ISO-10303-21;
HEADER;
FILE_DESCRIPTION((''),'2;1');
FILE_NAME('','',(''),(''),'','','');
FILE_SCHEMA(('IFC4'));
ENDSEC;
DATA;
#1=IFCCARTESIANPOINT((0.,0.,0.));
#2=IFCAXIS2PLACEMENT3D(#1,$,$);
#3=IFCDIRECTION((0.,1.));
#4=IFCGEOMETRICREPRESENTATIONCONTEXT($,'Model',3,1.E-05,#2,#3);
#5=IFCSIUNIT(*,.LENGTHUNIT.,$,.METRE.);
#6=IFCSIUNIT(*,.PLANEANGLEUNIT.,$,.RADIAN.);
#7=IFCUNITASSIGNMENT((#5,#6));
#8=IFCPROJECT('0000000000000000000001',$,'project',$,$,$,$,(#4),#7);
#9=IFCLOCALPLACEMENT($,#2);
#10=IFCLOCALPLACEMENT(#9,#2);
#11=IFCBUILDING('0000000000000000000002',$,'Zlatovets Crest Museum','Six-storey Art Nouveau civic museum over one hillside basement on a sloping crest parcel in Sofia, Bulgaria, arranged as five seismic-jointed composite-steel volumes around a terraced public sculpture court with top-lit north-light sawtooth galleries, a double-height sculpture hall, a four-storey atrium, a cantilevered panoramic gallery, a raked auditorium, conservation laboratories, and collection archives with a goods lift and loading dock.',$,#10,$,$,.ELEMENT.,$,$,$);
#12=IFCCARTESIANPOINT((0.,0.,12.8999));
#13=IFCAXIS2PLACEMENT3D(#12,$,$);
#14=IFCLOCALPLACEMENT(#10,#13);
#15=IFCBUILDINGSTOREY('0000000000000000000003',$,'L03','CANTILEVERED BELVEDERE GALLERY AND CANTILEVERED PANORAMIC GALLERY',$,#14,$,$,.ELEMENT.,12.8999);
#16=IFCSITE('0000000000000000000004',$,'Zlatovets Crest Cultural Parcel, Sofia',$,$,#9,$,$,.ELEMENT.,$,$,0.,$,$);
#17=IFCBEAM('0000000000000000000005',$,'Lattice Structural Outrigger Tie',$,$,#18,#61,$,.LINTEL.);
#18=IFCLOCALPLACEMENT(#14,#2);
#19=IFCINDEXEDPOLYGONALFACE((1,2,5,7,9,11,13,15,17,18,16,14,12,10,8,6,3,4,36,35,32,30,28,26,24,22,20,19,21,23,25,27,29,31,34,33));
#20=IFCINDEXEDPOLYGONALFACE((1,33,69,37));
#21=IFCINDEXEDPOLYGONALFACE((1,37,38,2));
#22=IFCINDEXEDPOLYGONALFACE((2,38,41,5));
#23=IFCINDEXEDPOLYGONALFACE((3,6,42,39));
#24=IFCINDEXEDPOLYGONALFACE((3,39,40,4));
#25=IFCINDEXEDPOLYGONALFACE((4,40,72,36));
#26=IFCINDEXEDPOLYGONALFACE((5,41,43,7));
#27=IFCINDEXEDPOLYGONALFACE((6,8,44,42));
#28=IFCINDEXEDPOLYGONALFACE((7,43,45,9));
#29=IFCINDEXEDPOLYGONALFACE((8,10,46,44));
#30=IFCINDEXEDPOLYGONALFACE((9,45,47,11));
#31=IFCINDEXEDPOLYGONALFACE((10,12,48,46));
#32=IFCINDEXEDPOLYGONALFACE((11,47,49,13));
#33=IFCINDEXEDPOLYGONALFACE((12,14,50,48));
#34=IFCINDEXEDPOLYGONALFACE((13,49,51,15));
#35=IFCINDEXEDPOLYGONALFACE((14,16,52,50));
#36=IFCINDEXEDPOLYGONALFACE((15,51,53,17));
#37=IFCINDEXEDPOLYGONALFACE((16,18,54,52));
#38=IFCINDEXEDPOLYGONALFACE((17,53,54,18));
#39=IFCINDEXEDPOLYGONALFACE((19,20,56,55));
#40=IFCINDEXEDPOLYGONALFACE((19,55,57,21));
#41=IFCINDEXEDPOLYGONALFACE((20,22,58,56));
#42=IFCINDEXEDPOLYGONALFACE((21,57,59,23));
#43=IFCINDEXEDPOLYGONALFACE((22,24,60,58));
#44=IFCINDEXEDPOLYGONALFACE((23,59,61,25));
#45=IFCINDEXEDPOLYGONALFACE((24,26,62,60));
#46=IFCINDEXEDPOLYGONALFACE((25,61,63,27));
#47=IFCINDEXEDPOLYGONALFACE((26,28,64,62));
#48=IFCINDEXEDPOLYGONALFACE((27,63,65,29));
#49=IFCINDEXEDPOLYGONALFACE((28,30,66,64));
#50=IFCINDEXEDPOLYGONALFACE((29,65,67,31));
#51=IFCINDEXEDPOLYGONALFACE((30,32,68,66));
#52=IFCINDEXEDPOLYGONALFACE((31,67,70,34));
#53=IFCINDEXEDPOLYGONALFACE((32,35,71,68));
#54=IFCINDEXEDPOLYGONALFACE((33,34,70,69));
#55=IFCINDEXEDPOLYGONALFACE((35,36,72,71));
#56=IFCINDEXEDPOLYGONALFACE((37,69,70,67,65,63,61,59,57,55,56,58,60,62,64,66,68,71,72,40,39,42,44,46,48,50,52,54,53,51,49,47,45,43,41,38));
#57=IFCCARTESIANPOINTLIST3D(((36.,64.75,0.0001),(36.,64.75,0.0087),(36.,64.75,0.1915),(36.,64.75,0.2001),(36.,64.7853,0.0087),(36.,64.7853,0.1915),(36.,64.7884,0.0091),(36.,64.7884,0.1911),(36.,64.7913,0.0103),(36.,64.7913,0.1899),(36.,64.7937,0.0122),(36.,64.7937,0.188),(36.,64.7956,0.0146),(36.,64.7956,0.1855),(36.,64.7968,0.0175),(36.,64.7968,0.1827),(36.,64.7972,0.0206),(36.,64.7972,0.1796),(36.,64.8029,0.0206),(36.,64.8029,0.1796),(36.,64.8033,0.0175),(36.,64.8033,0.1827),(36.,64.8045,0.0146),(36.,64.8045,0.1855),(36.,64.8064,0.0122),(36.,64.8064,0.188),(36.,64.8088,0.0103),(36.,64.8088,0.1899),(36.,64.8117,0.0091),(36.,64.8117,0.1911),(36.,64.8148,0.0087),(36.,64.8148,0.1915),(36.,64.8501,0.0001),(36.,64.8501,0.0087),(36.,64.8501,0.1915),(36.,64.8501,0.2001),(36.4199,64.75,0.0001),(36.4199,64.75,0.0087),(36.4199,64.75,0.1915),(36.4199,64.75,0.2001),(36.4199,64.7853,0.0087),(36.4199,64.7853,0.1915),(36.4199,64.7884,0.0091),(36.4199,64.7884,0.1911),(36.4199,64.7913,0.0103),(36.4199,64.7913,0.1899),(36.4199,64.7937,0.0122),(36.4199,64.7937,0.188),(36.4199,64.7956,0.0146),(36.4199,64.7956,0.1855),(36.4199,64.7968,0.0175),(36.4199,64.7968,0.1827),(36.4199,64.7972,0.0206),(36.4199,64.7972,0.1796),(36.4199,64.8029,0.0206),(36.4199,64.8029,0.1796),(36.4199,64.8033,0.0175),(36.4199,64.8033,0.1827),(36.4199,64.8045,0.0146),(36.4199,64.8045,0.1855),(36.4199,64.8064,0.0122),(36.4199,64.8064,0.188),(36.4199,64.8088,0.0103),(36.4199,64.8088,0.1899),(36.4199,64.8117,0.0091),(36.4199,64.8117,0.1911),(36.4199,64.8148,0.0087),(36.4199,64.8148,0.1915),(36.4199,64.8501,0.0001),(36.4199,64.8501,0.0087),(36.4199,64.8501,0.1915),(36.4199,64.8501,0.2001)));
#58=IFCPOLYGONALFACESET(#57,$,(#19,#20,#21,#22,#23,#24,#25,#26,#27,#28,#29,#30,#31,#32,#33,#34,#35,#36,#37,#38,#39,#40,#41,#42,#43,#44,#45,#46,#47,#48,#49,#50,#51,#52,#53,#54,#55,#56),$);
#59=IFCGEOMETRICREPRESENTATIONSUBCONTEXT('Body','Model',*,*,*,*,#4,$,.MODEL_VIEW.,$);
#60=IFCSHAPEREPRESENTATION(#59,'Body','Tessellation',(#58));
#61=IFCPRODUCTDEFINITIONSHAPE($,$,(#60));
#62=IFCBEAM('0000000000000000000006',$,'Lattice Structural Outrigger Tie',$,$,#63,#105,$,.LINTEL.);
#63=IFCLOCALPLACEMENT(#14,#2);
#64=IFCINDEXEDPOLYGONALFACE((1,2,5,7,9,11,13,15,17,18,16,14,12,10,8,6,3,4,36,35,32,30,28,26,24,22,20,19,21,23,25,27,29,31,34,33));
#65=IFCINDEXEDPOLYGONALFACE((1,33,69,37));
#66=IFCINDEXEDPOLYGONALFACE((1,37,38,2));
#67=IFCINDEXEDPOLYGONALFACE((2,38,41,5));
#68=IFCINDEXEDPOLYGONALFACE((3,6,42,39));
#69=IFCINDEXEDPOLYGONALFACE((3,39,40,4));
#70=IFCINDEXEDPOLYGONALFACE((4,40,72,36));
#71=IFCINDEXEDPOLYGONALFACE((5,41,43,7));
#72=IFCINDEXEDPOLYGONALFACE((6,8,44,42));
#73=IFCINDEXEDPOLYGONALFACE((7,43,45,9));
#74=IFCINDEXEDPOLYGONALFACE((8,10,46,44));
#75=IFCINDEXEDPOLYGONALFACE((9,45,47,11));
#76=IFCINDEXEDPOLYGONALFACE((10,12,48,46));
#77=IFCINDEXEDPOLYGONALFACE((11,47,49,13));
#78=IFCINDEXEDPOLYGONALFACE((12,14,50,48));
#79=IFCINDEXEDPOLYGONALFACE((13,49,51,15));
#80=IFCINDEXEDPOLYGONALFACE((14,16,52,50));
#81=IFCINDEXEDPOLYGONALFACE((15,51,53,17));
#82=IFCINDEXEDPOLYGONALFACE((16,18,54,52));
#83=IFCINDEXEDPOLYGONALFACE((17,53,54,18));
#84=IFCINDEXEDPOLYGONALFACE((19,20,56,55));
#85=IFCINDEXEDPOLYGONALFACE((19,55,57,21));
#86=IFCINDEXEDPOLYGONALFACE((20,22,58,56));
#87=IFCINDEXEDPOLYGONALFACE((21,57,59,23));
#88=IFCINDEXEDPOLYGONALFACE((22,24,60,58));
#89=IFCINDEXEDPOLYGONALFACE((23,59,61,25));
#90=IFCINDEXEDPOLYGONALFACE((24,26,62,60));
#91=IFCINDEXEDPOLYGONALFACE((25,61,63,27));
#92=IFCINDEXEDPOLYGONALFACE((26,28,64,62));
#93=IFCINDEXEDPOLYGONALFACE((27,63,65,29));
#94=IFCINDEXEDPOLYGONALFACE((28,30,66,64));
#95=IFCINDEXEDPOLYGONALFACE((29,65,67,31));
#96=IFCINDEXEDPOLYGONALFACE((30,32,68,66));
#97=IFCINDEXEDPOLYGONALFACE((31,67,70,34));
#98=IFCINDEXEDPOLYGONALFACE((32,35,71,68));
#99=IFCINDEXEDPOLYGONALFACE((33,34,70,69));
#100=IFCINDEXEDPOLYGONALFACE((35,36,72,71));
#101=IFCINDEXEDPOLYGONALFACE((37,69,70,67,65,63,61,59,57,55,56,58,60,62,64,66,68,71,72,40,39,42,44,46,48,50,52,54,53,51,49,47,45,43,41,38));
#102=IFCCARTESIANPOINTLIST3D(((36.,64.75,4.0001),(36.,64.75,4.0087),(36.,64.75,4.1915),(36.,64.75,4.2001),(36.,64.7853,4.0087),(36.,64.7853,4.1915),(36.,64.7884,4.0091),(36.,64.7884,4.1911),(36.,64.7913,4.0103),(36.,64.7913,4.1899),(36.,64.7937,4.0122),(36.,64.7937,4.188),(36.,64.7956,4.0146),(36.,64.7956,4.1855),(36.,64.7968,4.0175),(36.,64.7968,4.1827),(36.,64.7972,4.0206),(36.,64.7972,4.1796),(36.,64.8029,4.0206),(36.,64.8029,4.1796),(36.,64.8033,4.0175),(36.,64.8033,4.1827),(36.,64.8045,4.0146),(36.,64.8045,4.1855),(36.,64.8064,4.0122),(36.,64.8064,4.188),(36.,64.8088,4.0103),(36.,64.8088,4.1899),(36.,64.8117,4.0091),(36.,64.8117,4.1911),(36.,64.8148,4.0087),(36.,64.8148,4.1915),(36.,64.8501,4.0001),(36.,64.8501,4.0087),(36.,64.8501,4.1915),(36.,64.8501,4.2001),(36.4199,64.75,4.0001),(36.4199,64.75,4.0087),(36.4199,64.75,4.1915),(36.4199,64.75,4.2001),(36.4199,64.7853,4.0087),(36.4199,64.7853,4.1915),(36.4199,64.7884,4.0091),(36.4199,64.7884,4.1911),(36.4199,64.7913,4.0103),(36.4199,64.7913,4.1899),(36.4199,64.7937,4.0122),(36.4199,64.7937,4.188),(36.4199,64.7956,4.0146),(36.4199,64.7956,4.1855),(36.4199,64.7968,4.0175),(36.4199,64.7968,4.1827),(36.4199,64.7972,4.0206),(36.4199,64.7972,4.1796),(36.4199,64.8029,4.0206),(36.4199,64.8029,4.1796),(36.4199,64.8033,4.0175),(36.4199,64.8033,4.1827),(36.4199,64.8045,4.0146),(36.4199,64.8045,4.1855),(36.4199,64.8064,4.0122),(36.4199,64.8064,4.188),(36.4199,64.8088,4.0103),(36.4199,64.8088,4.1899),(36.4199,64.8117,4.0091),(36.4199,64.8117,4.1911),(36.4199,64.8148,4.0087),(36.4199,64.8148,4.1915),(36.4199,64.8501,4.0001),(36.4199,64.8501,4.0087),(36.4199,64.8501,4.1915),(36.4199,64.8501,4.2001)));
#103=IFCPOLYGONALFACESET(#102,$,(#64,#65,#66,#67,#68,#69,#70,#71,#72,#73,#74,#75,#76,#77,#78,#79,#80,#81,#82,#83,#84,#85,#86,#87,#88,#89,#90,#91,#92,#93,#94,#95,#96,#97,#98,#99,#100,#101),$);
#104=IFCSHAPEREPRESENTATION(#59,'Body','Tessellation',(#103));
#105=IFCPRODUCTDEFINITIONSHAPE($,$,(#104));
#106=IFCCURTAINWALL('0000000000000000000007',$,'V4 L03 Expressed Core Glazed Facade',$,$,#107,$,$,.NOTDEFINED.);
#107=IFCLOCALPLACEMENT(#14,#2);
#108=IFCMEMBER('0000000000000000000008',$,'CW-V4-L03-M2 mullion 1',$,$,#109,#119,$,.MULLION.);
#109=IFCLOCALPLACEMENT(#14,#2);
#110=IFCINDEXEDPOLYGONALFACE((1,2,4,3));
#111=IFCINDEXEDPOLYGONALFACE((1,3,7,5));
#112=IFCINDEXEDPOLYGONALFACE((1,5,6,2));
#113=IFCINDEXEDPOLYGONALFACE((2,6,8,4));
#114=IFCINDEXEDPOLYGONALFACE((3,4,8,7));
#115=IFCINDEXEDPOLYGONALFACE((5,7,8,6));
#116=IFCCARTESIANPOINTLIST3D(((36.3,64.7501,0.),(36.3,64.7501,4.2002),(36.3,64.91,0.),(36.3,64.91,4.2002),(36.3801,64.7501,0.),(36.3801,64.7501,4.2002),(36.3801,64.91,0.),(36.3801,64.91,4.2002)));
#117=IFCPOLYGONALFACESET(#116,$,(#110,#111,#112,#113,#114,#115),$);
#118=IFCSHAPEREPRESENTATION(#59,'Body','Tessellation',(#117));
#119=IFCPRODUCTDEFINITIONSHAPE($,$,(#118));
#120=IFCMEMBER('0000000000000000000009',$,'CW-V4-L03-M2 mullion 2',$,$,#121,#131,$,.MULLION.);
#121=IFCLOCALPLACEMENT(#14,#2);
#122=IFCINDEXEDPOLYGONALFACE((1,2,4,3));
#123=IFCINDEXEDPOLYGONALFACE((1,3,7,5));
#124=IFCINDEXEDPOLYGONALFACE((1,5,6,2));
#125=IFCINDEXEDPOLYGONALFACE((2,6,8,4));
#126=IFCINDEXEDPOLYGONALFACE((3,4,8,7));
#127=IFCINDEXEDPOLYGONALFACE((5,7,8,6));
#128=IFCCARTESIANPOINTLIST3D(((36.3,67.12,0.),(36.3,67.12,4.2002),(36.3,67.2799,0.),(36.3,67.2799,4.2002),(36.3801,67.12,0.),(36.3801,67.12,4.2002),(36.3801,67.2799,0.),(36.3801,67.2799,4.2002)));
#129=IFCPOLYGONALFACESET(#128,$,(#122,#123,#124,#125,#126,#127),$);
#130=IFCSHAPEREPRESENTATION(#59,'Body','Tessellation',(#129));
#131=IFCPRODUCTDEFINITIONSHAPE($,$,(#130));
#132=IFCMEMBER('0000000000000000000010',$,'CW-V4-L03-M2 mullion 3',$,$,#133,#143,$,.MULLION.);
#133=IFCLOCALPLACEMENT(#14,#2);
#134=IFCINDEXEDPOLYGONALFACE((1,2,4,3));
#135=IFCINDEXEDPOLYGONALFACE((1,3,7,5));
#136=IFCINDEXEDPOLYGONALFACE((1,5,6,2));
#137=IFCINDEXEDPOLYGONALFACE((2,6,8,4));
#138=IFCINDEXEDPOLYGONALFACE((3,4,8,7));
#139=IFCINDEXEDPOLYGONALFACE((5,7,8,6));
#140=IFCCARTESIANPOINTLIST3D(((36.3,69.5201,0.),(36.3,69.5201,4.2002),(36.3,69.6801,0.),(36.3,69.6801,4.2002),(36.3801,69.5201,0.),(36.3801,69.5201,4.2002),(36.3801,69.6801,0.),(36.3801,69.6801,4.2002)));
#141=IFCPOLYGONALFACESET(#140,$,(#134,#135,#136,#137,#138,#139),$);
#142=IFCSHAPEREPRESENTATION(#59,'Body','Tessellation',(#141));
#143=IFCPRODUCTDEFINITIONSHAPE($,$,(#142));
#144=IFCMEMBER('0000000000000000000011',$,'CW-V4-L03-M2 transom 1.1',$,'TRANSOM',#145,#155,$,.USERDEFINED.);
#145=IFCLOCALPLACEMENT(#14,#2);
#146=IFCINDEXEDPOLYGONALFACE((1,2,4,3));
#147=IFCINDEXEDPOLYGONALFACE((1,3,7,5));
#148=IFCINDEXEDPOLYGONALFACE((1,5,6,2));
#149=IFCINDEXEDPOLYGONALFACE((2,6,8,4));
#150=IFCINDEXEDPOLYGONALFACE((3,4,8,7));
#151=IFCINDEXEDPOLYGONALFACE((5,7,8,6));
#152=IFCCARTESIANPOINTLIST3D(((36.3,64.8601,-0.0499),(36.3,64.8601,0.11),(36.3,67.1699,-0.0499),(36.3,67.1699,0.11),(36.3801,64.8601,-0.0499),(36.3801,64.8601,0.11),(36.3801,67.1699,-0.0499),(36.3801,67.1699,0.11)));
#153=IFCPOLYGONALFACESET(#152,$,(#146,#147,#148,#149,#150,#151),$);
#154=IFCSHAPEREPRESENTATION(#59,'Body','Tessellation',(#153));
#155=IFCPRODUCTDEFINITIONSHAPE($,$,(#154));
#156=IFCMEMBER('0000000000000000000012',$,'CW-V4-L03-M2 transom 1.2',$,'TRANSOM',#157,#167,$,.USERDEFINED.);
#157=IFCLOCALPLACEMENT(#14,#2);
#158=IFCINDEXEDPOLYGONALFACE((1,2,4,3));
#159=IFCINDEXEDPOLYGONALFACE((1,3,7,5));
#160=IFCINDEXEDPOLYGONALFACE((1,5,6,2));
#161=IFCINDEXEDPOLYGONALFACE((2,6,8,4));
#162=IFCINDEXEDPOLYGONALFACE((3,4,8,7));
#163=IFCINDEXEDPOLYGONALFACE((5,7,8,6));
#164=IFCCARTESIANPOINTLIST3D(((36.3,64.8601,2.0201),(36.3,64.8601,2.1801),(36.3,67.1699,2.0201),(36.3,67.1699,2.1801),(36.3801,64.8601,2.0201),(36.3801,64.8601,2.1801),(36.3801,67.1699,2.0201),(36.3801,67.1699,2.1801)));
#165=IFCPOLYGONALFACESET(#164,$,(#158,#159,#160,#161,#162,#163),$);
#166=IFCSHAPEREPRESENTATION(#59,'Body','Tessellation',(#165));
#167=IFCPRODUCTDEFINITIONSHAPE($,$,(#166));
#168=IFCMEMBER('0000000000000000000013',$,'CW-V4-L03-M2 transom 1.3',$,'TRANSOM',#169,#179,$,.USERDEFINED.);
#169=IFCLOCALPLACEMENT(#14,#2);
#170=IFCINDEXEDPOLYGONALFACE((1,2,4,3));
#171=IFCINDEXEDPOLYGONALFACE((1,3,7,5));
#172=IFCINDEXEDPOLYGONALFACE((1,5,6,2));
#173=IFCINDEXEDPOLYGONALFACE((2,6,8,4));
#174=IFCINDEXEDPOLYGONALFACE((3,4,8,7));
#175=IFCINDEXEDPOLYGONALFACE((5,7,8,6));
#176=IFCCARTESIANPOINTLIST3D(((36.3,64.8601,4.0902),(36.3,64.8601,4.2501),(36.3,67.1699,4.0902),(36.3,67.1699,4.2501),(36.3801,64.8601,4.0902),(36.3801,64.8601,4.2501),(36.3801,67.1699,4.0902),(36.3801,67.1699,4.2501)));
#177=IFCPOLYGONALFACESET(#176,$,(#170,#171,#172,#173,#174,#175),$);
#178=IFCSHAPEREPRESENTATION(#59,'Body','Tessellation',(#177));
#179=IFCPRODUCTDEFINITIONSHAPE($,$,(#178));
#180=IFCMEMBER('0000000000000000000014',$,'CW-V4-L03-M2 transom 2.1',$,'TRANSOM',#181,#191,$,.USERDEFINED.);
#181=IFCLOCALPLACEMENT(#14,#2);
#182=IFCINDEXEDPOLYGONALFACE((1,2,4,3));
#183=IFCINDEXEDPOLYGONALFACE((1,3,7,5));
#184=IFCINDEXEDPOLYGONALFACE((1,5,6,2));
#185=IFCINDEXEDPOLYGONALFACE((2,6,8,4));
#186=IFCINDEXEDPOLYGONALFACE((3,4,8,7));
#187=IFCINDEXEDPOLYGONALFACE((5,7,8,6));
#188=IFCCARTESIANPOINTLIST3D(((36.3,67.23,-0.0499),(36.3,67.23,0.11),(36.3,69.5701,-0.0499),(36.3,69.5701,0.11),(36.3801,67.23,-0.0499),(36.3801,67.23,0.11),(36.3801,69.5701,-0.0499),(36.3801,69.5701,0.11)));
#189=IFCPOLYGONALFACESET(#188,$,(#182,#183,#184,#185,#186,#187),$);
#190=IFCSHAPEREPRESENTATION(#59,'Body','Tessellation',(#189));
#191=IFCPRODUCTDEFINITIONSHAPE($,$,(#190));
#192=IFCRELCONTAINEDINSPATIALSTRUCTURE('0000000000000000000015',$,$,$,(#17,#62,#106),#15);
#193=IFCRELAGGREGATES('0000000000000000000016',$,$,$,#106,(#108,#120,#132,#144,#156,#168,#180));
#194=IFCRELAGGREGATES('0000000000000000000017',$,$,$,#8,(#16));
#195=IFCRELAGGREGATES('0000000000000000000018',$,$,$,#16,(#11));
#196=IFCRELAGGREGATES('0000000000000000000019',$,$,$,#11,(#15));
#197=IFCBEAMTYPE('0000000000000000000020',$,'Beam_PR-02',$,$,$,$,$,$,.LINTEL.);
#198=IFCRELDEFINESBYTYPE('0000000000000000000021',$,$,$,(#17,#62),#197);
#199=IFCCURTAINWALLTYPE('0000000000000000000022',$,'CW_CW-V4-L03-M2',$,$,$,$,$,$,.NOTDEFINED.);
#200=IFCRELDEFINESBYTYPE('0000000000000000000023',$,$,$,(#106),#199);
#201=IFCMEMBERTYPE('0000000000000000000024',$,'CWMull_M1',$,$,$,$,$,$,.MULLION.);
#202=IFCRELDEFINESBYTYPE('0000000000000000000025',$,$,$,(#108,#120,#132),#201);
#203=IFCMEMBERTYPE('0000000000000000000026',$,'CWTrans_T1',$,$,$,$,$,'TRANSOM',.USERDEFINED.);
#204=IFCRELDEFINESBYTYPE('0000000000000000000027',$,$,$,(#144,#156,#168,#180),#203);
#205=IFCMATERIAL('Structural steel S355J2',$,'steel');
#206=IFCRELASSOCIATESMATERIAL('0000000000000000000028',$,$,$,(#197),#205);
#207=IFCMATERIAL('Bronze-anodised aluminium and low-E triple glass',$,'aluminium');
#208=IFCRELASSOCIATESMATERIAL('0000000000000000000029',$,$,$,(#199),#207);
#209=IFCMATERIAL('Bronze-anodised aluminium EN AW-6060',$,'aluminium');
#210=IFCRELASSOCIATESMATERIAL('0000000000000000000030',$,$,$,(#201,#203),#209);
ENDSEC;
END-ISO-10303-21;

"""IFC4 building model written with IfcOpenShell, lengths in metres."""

from ifc_helpers import new_model, si_unit, direction, frame, origin, origin_2d, place, context, subcontext, project, spatial, rectangle, i_section, extrude, material, material_profile, profile_set, type_object, element, aggregate, save


model = new_model("IFC4")

# Units and contexts
model_context = context("Model", 3, precision=1e-05, world=origin(), true_north=direction((0.0, 1.0)))
body_context = subcontext(model_context, "Body", "Model", "MODEL_VIEW")
ifc_project = project(units=[si_unit("LENGTHUNIT", "METRE"), si_unit("PLANEANGLEUNIT", "RADIAN")], contexts=[model_context])

# Site, building, storey
site_placement = place(None, origin())
site = spatial("IfcSite", under=ifc_project, at=site_placement, Name="Zlatovets Crest Cultural Parcel, Sofia", CompositionType="ELEMENT", RefElevation=0.0)
building_placement = place(site_placement, origin())
building = spatial("IfcBuilding", under=site, at=building_placement, Name="Zlatovets Crest Museum", Description="Six-storey Art Nouveau civic museum over one hillside basement on a sloping crest parcel in Sofia, Bulgaria, arranged as five seismic-jointed composite-steel volumes around a terraced public sculpture court with top-lit north-light sawtooth galleries, a double-height sculpture hall, a four-storey atrium, a cantilevered panoramic gallery, a raked auditorium, conservation laboratories, and collection archives with a goods lift and loading dock.", CompositionType="ELEMENT")
storey_placement = place(building_placement, frame((0.0, 0.0, 12.8999)))
storey = spatial("IfcBuildingStorey", under=building, at=storey_placement, Name="L03", Description="CANTILEVERED BELVEDERE GALLERY AND CANTILEVERED PANORAMIC GALLERY", CompositionType="ELEMENT", Elevation=12.8999)

# Beams
ifc_material_1 = material(Name="Structural steel S355J2", Category="steel")
ifc_material_profile_1 = material_profile(ifc_material_1, i_section(OverallWidth=0.1001, OverallDepth=0.2, WebThickness=0.0056, FlangeThickness=0.0085, FilletRadius=0.012, at=origin_2d()), Name="IPE 200")
ifc_profile_set_1 = profile_set([ifc_material_profile_1], Name="Structural steel S355J2")
beam_type = type_object("IfcBeamType", Name="Beam_PR-02", PredefinedType="LINTEL", material=ifc_profile_set_1)
for number, where, z_axis, x_axis, name in (
    (1, (36.0, 64.8, 0.1001), (1.0, 0.0, 0.0), (0.0, 1.0, 0.0), "Lattice Structural Outrigger Tie"),
    (2, (36.0, 64.8, 4.1001), (1.0, 0.0, 0.0), (0.0, 1.0, 0.0), "Lattice Structural Outrigger Tie"),
):
    element("IfcBeam", number, at=place(storey_placement, frame(where, z_axis=z_axis, x_axis=x_axis)), inside=storey, type_object=beam_type, Name=name, PredefinedType="LINTEL", context=body_context, shape_type="SweptSolid", body=[
        extrude(i_section(OverallWidth=0.1001, OverallDepth=0.2, WebThickness=0.0056, FlangeThickness=0.0085, FilletRadius=0.012, at=origin_2d()), origin(), (0.0, 0.0, 1.0), 0.4199),
    ])

# Curtain wall, members
ifc_material_2 = material(Name="Bronze-anodised aluminium and low-E triple glass", Category="aluminium")
curtain_wall_type = type_object("IfcCurtainWallType", Name="CW_CW-V4-L03-M2", PredefinedType="NOTDEFINED", material=ifc_material_2)
curtain_wall_placement = place(storey_placement, origin())
curtain_wall = element("IfcCurtainWall", 3, at=curtain_wall_placement, inside=storey, type_object=curtain_wall_type, Name="V4 L03 Expressed Core Glazed Facade", PredefinedType="NOTDEFINED")
ifc_material_3 = material(Name="Bronze-anodised aluminium EN AW-6060", Category="aluminium")
ifc_material_profile_2 = material_profile(ifc_material_3, rectangle(XDim=0.0801, YDim=0.1599, at=origin_2d()), Name="ALU 80x160")
ifc_profile_set_2 = profile_set([ifc_material_profile_2], Name="Bronze-anodised aluminium EN AW-6060")
member_type_1 = type_object("IfcMemberType", Name="CWMull_M1", PredefinedType="MULLION", material=ifc_profile_set_2)
member_1_placement = place(storey_placement, frame((36.3401, 64.8301, 0.0), z_axis=(0.0, 0.0, 1.0), x_axis=(-1.0, 0.0, 0.0)))
member_1 = element("IfcMember", 4, at=member_1_placement, type_object=member_type_1, Name="CW-V4-L03-M2 mullion 1", PredefinedType="MULLION", context=body_context, shape_type="SweptSolid", body=[
    extrude(rectangle(XDim=0.0801, YDim=0.1599, at=origin_2d()), origin(), (0.0, 0.0, 1.0), 4.2002),
])
member_2_placement = place(storey_placement, frame((36.3401, 67.2, 0.0), z_axis=(0.0, 0.0, 1.0), x_axis=(-1.0, 0.0, 0.0)))
member_2 = element("IfcMember", 5, at=member_2_placement, type_object=member_type_1, Name="CW-V4-L03-M2 mullion 2", PredefinedType="MULLION", context=body_context, shape_type="SweptSolid", body=[
    extrude(rectangle(XDim=0.0801, YDim=0.1599, at=origin_2d()), origin(), (0.0, 0.0, 1.0), 4.2002),
])
member_3_placement = place(storey_placement, frame((36.3401, 69.6001, 0.0), z_axis=(0.0, 0.0, 1.0), x_axis=(-1.0, 0.0, 0.0)))
member_3 = element("IfcMember", 6, at=member_3_placement, type_object=member_type_1, Name="CW-V4-L03-M2 mullion 3", PredefinedType="MULLION", context=body_context, shape_type="SweptSolid", body=[
    extrude(rectangle(XDim=0.0801, YDim=0.1599, at=origin_2d()), origin(), (0.0, 0.0, 1.0), 4.2002),
])
ifc_material_profile_3 = material_profile(ifc_material_3, rectangle(XDim=0.0801, YDim=0.1599, at=origin_2d()), Name="ALU 80x160")
ifc_profile_set_3 = profile_set([ifc_material_profile_3], Name="Bronze-anodised aluminium EN AW-6060")
member_type_2 = type_object("IfcMemberType", Name="CWTrans_T1", ElementType="TRANSOM", PredefinedType="USERDEFINED", material=ifc_profile_set_3)
member_4_placement = place(storey_placement, frame((36.3401, 64.8601, 0.03), z_axis=(0.0, 1.0, 0.0), x_axis=(-1.0, 0.0, 0.0)))
member_4 = element("IfcMember", 7, at=member_4_placement, type_object=member_type_2, Name="CW-V4-L03-M2 transom 1.1", ObjectType="TRANSOM", PredefinedType="USERDEFINED", context=body_context, shape_type="SweptSolid", body=[
    extrude(rectangle(XDim=0.0801, YDim=0.1599, at=origin_2d()), origin(), (0.0, 0.0, 1.0), 2.3098),
])
member_5_placement = place(storey_placement, frame((36.3401, 64.8601, 2.1001), z_axis=(0.0, 1.0, 0.0), x_axis=(-1.0, 0.0, 0.0)))
member_5 = element("IfcMember", 8, at=member_5_placement, type_object=member_type_2, Name="CW-V4-L03-M2 transom 1.2", ObjectType="TRANSOM", PredefinedType="USERDEFINED", context=body_context, shape_type="SweptSolid", body=[
    extrude(rectangle(XDim=0.0801, YDim=0.1599, at=origin_2d()), origin(), (0.0, 0.0, 1.0), 2.3098),
])
member_6_placement = place(storey_placement, frame((36.3401, 64.8601, 4.1702), z_axis=(0.0, 1.0, 0.0), x_axis=(-1.0, 0.0, 0.0)))
member_6 = element("IfcMember", 9, at=member_6_placement, type_object=member_type_2, Name="CW-V4-L03-M2 transom 1.3", ObjectType="TRANSOM", PredefinedType="USERDEFINED", context=body_context, shape_type="SweptSolid", body=[
    extrude(rectangle(XDim=0.0801, YDim=0.1599, at=origin_2d()), origin(), (0.0, 0.0, 1.0), 2.3098),
])
member_7_placement = place(storey_placement, frame((36.3401, 67.23, 0.03), z_axis=(0.0, 1.0, 0.0), x_axis=(-1.0, 0.0, 0.0)))
member_7 = element("IfcMember", 10, at=member_7_placement, type_object=member_type_2, Name="CW-V4-L03-M2 transom 2.1", ObjectType="TRANSOM", PredefinedType="USERDEFINED", context=body_context, shape_type="SweptSolid", body=[
    extrude(rectangle(XDim=0.0801, YDim=0.1599, at=origin_2d()), origin(), (0.0, 0.0, 1.0), 2.3401),
])

aggregate(curtain_wall, [member_1, member_2, member_3, member_4, member_5, member_6, member_7])

save(model, "model.ifc")
